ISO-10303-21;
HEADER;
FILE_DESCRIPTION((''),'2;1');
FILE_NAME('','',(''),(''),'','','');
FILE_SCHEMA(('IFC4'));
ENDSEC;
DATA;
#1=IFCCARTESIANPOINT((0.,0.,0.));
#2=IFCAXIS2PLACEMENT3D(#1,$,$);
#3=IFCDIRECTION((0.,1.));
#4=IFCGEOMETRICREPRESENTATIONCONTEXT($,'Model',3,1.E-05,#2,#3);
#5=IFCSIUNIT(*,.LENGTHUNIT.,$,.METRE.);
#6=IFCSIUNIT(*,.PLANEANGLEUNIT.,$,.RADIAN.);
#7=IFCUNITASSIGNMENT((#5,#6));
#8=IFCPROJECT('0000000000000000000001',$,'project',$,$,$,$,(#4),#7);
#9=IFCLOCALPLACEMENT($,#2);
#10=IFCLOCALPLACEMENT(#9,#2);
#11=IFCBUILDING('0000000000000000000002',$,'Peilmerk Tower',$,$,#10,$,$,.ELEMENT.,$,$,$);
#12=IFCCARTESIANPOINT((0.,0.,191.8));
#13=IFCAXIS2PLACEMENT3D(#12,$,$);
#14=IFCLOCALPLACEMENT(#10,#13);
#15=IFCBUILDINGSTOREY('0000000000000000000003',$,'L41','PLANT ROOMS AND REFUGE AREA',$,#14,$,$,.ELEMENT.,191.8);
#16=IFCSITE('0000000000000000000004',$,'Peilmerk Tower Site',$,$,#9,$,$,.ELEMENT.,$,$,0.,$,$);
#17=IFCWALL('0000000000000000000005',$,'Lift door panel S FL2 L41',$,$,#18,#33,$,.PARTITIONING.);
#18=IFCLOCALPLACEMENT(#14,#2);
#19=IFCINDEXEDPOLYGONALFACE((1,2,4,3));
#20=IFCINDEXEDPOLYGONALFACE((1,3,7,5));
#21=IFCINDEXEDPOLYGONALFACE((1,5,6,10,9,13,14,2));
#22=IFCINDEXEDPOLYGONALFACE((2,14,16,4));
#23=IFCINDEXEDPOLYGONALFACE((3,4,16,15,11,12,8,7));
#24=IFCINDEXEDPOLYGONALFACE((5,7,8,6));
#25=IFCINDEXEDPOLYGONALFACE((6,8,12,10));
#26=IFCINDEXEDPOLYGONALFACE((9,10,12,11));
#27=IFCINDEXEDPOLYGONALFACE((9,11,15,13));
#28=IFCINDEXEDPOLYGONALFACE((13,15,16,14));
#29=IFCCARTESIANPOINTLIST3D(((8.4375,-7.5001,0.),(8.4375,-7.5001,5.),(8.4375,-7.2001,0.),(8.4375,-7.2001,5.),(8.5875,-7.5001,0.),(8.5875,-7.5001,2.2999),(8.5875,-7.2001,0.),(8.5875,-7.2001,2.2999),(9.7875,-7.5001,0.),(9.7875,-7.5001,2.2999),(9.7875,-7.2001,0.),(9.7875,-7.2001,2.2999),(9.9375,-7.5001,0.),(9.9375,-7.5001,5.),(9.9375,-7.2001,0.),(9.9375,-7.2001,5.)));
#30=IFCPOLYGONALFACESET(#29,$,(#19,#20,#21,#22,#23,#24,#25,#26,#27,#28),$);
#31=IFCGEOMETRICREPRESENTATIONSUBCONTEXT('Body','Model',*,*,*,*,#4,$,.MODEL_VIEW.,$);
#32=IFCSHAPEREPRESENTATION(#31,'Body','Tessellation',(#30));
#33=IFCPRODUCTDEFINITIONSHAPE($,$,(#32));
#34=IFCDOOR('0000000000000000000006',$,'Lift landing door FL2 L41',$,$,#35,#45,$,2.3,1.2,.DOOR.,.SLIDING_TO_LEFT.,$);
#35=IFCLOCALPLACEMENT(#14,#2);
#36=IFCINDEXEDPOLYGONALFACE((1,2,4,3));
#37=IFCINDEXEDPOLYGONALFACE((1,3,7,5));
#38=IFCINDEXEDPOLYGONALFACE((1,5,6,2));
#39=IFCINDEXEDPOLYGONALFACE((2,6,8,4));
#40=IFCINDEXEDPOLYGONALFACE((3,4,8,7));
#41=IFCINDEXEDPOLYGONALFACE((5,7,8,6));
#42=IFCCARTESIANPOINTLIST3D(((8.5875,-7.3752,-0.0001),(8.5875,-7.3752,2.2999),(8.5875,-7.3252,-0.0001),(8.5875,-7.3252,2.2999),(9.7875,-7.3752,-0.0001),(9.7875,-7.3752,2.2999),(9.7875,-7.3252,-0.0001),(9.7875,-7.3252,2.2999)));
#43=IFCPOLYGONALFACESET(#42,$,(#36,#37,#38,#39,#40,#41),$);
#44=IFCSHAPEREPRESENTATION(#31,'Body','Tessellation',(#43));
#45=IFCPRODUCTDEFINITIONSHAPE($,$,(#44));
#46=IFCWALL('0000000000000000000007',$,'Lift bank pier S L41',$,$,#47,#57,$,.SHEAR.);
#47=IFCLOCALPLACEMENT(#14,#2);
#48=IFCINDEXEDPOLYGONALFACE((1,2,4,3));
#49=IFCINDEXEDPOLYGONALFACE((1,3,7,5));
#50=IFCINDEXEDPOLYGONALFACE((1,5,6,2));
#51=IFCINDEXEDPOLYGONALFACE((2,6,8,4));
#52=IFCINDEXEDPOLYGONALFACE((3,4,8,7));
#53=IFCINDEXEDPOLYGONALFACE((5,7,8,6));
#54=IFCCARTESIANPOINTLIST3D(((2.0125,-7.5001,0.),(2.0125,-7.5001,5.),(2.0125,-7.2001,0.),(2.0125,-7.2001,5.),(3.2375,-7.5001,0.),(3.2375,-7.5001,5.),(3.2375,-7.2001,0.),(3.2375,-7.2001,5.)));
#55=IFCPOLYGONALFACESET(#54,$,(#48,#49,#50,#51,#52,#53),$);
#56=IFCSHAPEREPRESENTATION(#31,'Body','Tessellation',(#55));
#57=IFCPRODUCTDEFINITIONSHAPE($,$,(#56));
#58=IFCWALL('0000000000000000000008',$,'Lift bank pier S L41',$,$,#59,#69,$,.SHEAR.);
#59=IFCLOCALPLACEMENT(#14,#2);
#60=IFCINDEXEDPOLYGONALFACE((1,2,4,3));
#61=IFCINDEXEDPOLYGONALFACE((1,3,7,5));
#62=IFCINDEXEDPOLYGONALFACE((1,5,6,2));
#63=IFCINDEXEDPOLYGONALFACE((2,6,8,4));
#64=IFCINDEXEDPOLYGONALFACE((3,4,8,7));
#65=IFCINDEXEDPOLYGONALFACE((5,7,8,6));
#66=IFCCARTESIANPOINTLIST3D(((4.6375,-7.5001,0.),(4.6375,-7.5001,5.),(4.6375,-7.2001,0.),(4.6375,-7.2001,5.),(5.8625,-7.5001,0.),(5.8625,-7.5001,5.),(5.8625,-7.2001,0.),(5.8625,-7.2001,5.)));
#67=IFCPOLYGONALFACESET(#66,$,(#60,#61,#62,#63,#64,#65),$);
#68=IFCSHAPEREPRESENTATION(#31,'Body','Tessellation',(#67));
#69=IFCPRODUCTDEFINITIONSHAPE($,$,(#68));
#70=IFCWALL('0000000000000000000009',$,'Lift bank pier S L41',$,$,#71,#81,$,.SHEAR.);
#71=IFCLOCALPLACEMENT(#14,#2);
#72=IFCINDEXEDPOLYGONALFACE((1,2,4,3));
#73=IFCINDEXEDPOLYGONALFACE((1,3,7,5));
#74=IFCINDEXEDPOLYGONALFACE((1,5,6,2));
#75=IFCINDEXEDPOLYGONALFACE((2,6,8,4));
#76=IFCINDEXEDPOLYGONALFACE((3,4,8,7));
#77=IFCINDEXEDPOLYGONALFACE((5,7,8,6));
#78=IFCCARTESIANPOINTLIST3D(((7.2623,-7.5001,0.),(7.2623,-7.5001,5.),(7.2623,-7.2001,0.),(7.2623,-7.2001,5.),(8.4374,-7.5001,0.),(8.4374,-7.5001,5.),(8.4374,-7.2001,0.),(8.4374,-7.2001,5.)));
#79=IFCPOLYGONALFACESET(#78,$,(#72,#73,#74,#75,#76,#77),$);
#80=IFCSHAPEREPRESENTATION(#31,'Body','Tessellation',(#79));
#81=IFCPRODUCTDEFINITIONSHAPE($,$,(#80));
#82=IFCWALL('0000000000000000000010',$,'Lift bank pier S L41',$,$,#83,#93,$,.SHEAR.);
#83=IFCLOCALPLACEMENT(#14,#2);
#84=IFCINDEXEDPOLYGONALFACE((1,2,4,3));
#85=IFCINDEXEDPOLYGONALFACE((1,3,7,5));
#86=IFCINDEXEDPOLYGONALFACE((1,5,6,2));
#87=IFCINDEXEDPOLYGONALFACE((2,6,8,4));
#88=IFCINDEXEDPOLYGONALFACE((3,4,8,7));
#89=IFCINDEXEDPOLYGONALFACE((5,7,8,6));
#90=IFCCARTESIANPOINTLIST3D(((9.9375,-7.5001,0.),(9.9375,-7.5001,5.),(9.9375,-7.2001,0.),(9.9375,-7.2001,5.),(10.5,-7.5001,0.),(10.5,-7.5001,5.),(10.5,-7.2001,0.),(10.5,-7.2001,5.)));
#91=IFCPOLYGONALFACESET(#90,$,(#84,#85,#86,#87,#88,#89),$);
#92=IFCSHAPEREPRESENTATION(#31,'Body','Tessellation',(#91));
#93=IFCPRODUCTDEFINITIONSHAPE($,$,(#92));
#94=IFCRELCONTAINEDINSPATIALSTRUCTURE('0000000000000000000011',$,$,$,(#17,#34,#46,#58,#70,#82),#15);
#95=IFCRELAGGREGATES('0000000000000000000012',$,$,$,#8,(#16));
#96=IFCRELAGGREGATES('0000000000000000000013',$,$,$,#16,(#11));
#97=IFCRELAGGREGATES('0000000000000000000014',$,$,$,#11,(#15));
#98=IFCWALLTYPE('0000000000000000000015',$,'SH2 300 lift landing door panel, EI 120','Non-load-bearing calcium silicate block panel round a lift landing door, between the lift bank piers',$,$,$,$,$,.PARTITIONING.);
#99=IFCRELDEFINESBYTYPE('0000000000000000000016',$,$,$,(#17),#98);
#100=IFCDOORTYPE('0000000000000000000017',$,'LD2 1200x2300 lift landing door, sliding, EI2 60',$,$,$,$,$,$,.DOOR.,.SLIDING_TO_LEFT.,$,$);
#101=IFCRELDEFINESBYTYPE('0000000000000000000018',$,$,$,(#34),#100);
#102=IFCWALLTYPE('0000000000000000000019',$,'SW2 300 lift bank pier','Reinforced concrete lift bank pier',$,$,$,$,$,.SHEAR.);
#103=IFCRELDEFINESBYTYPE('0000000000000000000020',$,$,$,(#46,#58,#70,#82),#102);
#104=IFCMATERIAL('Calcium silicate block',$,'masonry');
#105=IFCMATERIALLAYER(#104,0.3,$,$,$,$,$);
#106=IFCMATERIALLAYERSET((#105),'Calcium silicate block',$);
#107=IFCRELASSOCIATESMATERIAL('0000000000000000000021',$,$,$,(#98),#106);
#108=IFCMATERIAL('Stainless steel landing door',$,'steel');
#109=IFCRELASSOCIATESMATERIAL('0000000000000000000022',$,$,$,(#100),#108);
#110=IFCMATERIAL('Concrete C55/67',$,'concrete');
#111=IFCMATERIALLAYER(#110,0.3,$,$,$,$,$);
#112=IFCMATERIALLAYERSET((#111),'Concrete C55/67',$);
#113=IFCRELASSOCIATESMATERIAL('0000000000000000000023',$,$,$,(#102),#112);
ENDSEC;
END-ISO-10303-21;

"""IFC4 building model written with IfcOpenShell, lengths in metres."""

from ifc_helpers import new_model, si_unit, direction, frame, frame_2d, origin, place, context, subcontext, project, spatial, rectangle, extrude, material, layer, layer_set, type_object, element, fill, save


model = new_model("IFC4")

# Units and contexts
model_context = context("Model", 3, precision=1e-05, world=origin(), true_north=direction((0.0, 1.0)))
body_context = subcontext(model_context, "Body", "Model", "MODEL_VIEW")
ifc_project = project(units=[si_unit("LENGTHUNIT", "METRE"), si_unit("PLANEANGLEUNIT", "RADIAN")], contexts=[model_context])

# Site, building, storey
site_placement = place(None, origin())
site = spatial("IfcSite", under=ifc_project, at=site_placement, Name="Peilmerk Tower Site", CompositionType="ELEMENT", RefElevation=0.0)
building_placement = place(site_placement, origin())
building = spatial("IfcBuilding", under=site, at=building_placement, Name="Peilmerk Tower", CompositionType="ELEMENT")
storey_placement = place(building_placement, frame((0.0, 0.0, 191.8)))
storey = spatial("IfcBuildingStorey", under=building, at=storey_placement, Name="L41", Description="PLANT ROOMS AND REFUGE AREA", CompositionType="ELEMENT", Elevation=191.8)

# Shared definitions
ifc_material_1 = material(Name="Calcium silicate block", Category="masonry")
ifc_layer_1 = layer(ifc_material_1, 0.3)
ifc_layer_set_1 = layer_set([ifc_layer_1], Name="Calcium silicate block")
wall_type_1 = type_object("IfcWallType", Name="SH2 300 lift landing door panel, EI 120", Description="Non-load-bearing calcium silicate block panel round a lift landing door, between the lift bank piers", PredefinedType="PARTITIONING", material=ifc_layer_set_1)

# Wall, opening, door
wall_1_placement = place(storey_placement, frame((8.4375, -7.3501, 0.0), z_axis=(0.0, 0.0, 1.0), x_axis=(1.0, 0.0, 0.0)))
wall_1 = element("IfcWall", 1, at=wall_1_placement, inside=storey, type_object=wall_type_1, Name="Lift door panel S FL2 L41", PredefinedType="PARTITIONING", context=body_context, shape_type="SweptSolid", body=[
    extrude(rectangle(XDim=1.5, YDim=0.3, at=frame_2d((0.75, 0.0))), origin(), (0.0, 0.0, 1.0), 5.0),
])
opening_1_placement = place(wall_1_placement, frame((0.1499, 0.0, 0.0)))
opening_1 = element("IfcOpeningElement", 2, at=opening_1_placement, cuts=wall_1, PredefinedType="OPENING", context=body_context, shape_type="SweptSolid", body=[
    extrude(rectangle(XDim=1.2, YDim=2.3, at=frame_2d((0.6001, 1.1499))), frame((0.0, 0.1599, 0.0), z_axis=(0.0, -1.0, 0.0), x_axis=(1.0, 0.0, 0.0)), (0.0, 0.0, 1.0), 0.3201),
])
ifc_material_2 = material(Name="Stainless steel landing door", Category="steel")
door_type_1 = type_object("IfcDoorType", Name="LD2 1200x2300 lift landing door, sliding, EI2 60", OperationType="SLIDING_TO_LEFT", PredefinedType="DOOR", material=ifc_material_2)
door_1_placement = place(opening_1_placement, origin())
door_1 = element("IfcDoor", 3, at=door_1_placement, inside=storey, type_object=door_type_1, Name="Lift landing door FL2 L41", OperationType="SLIDING_TO_LEFT", OverallHeight=2.3, OverallWidth=1.2, PredefinedType="DOOR", context=body_context, shape_type="SweptSolid", body=[
    extrude(rectangle(XDim=1.2, YDim=2.3, at=frame_2d((0.6001, 1.1499))), frame((0.0, 0.0249, 0.0), z_axis=(0.0, -1.0, 0.0), x_axis=(1.0, 0.0, 0.0)), (0.0, 0.0, 1.0), 0.05),
])
fill(opening_1, door_1)

# Walls
ifc_material_3 = material(Name="Concrete C55/67", Category="concrete")
ifc_layer_2 = layer(ifc_material_3, 0.3)
ifc_layer_set_2 = layer_set([ifc_layer_2], Name="Concrete C55/67")
wall_type_2 = type_object("IfcWallType", Name="SW2 300 lift bank pier", Description="Reinforced concrete lift bank pier", PredefinedType="SHEAR", material=ifc_layer_set_2)
for number, where, z_axis, x_axis, name in (
    (4, (2.0125, -7.3501, 0.0), (0.0, 0.0, 1.0), (1.0, 0.0, 0.0), "Lift bank pier S L41"),
    (5, (4.6375, -7.3501, 0.0), (0.0, 0.0, 1.0), (1.0, 0.0, 0.0), "Lift bank pier S L41"),
):
    element("IfcWall", number, at=place(storey_placement, frame(where, z_axis=z_axis, x_axis=x_axis)), inside=storey, type_object=wall_type_2, Name=name, PredefinedType="SHEAR", context=body_context, shape_type="SweptSolid", body=[
        extrude(rectangle(XDim=1.2251, YDim=0.3, at=frame_2d((0.6125, 0.0))), origin(), (0.0, 0.0, 1.0), 5.0),
    ])
wall_2_placement = place(storey_placement, frame((7.2625, -7.3501, 0.0), z_axis=(0.0, 0.0, 1.0), x_axis=(1.0, 0.0, 0.0)))
element("IfcWall", 6, at=wall_2_placement, inside=storey, type_object=wall_type_2, Name="Lift bank pier S L41", PredefinedType="SHEAR", context=body_context, shape_type="SweptSolid", body=[
    extrude(rectangle(XDim=1.175, YDim=0.3, at=frame_2d((0.5874, 0.0))), origin(), (0.0, 0.0, 1.0), 5.0),
])
wall_3_placement = place(storey_placement, frame((9.9375, -7.3501, 0.0), z_axis=(0.0, 0.0, 1.0), x_axis=(1.0, 0.0, 0.0)))
element("IfcWall", 7, at=wall_3_placement, inside=storey, type_object=wall_type_2, Name="Lift bank pier S L41", PredefinedType="SHEAR", context=body_context, shape_type="SweptSolid", body=[
    extrude(rectangle(XDim=0.5625, YDim=0.3, at=frame_2d((0.2812, 0.0))), origin(), (0.0, 0.0, 1.0), 5.0),
])

save(model, "model.ifc")
